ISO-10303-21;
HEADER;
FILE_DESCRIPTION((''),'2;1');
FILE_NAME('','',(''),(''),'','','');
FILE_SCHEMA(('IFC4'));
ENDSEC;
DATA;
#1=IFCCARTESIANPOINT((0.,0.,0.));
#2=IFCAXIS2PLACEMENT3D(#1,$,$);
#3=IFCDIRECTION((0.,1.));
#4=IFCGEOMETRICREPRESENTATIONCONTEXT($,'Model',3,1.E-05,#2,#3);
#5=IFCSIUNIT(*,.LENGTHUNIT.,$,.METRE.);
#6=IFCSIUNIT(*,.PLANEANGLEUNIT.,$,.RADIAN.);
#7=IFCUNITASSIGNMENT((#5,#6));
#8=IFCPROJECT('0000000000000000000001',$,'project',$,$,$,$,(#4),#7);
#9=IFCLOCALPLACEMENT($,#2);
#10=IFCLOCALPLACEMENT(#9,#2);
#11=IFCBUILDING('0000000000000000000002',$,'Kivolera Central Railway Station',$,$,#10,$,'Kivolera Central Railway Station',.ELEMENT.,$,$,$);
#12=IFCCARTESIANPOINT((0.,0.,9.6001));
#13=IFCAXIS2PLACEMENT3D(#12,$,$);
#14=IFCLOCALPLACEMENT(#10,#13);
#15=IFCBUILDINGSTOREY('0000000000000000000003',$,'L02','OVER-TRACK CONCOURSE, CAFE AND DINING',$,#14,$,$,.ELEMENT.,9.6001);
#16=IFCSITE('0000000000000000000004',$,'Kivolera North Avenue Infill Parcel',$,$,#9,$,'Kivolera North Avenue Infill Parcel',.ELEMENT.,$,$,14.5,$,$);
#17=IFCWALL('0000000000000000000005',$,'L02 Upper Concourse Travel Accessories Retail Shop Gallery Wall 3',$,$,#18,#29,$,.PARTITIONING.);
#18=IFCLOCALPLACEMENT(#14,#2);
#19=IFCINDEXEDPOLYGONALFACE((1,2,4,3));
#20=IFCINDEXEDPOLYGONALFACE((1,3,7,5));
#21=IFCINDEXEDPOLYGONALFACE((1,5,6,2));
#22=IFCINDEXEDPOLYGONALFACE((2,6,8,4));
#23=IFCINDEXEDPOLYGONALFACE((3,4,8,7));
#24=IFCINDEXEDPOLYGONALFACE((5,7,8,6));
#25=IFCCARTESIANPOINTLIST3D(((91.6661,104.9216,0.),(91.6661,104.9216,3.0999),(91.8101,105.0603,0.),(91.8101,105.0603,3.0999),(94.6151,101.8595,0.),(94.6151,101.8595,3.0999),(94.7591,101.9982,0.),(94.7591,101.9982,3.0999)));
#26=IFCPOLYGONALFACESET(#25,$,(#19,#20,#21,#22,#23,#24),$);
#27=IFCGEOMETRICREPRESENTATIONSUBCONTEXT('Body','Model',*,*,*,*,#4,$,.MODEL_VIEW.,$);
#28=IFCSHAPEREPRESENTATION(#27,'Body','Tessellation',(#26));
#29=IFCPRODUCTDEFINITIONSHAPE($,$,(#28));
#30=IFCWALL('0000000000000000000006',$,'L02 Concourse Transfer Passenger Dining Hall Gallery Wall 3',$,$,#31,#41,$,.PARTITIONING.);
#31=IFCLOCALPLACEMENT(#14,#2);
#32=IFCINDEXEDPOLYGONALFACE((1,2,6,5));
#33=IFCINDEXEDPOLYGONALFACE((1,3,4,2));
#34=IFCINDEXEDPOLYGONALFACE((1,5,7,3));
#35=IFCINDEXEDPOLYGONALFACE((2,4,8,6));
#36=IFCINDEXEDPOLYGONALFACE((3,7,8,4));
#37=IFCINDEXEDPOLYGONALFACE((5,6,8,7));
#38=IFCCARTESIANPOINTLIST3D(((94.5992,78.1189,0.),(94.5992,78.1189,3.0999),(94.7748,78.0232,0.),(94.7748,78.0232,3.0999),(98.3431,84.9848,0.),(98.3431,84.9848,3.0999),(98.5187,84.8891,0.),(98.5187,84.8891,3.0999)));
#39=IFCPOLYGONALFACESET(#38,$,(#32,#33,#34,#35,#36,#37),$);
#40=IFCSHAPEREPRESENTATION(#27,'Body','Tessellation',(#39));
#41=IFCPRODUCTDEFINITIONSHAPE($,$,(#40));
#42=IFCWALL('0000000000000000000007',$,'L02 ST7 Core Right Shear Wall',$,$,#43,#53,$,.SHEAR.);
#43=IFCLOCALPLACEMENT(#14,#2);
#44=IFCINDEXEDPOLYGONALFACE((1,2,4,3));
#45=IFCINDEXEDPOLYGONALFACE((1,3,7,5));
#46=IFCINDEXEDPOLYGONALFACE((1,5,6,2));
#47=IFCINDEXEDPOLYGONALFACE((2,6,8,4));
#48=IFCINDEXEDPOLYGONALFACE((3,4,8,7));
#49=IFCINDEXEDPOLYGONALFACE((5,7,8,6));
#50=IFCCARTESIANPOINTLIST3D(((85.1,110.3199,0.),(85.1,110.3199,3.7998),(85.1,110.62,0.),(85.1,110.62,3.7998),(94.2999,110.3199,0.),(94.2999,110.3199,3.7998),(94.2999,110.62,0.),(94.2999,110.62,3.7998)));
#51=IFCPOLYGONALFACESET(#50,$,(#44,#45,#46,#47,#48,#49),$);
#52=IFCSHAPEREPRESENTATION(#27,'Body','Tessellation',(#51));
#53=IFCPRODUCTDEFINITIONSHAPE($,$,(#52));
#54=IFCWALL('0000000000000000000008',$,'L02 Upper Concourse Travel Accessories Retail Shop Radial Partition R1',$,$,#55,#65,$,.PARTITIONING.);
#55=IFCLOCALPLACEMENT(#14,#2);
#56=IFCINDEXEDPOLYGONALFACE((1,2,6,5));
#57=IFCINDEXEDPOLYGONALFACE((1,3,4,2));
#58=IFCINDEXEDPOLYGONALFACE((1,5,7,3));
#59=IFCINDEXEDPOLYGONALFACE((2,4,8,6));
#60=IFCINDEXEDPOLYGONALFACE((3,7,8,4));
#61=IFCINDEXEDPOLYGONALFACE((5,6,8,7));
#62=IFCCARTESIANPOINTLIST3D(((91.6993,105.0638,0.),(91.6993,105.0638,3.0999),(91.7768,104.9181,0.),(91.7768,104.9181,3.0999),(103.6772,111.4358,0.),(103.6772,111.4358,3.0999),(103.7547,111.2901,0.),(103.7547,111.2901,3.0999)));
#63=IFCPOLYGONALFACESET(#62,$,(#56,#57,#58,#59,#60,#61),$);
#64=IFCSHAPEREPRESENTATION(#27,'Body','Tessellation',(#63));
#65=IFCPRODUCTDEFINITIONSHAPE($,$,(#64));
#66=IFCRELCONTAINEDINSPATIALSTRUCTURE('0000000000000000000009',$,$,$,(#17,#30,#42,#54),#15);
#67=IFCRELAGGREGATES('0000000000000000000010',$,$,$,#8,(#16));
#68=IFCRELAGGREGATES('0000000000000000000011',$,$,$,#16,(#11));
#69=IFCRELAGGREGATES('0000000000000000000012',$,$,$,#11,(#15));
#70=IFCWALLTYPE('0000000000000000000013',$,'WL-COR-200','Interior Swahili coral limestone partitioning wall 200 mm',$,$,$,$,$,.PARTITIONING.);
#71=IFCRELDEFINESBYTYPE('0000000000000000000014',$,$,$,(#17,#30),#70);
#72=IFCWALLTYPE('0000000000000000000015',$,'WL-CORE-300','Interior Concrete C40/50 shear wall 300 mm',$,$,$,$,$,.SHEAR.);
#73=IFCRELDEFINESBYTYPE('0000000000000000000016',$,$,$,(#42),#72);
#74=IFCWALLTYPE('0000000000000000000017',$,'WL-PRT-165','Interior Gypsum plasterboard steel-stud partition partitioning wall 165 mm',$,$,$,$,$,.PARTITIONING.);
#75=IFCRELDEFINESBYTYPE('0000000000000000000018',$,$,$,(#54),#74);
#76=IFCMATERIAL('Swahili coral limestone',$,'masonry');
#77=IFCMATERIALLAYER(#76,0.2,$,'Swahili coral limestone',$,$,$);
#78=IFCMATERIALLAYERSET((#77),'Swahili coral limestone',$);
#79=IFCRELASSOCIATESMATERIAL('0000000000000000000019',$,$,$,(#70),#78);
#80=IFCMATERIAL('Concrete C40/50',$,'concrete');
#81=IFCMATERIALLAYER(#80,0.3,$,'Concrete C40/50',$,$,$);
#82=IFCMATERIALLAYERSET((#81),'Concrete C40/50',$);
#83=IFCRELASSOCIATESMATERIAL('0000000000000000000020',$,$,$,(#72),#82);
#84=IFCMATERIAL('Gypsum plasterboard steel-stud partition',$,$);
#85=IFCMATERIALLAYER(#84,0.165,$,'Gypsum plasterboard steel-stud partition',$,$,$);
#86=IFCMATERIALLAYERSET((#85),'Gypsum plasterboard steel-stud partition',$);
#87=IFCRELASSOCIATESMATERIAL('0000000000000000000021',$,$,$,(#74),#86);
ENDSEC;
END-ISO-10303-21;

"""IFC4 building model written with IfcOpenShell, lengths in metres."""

from ifc_helpers import new_model, si_unit, direction, frame, frame_2d, origin, place, context, subcontext, project, spatial, rectangle, extrude, material, layer, layer_set, type_object, element, save


model = new_model("IFC4")

# Units and contexts
model_context = context("Model", 3, precision=1e-05, world=origin(), true_north=direction((0.0, 1.0)))
body_context = subcontext(model_context, "Body", "Model", "MODEL_VIEW")
ifc_project = project(units=[si_unit("LENGTHUNIT", "METRE"), si_unit("PLANEANGLEUNIT", "RADIAN")], contexts=[model_context])

# Site, building, storey
site_placement = place(None, origin())
site = spatial("IfcSite", under=ifc_project, at=site_placement, Name="Kivolera North Avenue Infill Parcel", LongName="Kivolera North Avenue Infill Parcel", CompositionType="ELEMENT", RefElevation=14.5)
building_placement = place(site_placement, origin())
building = spatial("IfcBuilding", under=site, at=building_placement, Name="Kivolera Central Railway Station", LongName="Kivolera Central Railway Station", CompositionType="ELEMENT")
storey_placement = place(building_placement, frame((0.0, 0.0, 9.6001)))
storey = spatial("IfcBuildingStorey", under=building, at=storey_placement, Name="L02", Description="OVER-TRACK CONCOURSE, CAFE AND DINING", CompositionType="ELEMENT", Elevation=9.6001)

# Shared definitions
ifc_material_1 = material(Name="Swahili coral limestone", Category="masonry")
ifc_layer_1 = layer(ifc_material_1, 0.2, Name="Swahili coral limestone")
ifc_layer_set_1 = layer_set([ifc_layer_1], Name="Swahili coral limestone")
wall_type_1 = type_object("IfcWallType", Name="WL-COR-200", Description="Interior Swahili coral limestone partitioning wall 200 mm", PredefinedType="PARTITIONING", material=ifc_layer_set_1)

# Walls
wall_1_placement = place(storey_placement, frame((94.687, 101.929, 0.0), z_axis=(0.0, 0.0, 1.0), x_axis=(-0.693687, 0.720277, 0.0)))
element("IfcWall", 1, at=wall_1_placement, inside=storey, type_object=wall_type_1, Name="L02 Upper Concourse Travel Accessories Retail Shop Gallery Wall 3", PredefinedType="PARTITIONING", context=body_context, shape_type="SweptSolid", body=[
    extrude(rectangle(XDim=4.2512, YDim=0.2, at=frame_2d((2.1255, 0.0))), origin(), (0.0, 0.0, 1.0), 3.0999),
])
wall_2_placement = place(storey_placement, frame((94.687, 78.071, 0.0), z_axis=(0.0, 0.0, 1.0), x_axis=(0.478736, 0.877959, 0.0)))
element("IfcWall", 2, at=wall_2_placement, inside=storey, type_object=wall_type_1, Name="L02 Concourse Transfer Passenger Dining Hall Gallery Wall 3", PredefinedType="PARTITIONING", context=body_context, shape_type="SweptSolid", body=[
    extrude(rectangle(XDim=7.8203, YDim=0.2, at=frame_2d((3.9102, 0.0))), origin(), (0.0, 0.0, 1.0), 3.0999),
])
ifc_material_2 = material(Name="Concrete C40/50", Category="concrete")
ifc_layer_2 = layer(ifc_material_2, 0.3, Name="Concrete C40/50")
ifc_layer_set_2 = layer_set([ifc_layer_2], Name="Concrete C40/50")
wall_type_2 = type_object("IfcWallType", Name="WL-CORE-300", Description="Interior Concrete C40/50 shear wall 300 mm", PredefinedType="SHEAR", material=ifc_layer_set_2)
wall_3_placement = place(storey_placement, frame((94.3, 110.47, 0.0), z_axis=(0.0, 0.0, 1.0), x_axis=(-1.0, 0.0, 0.0)))
element("IfcWall", 3, at=wall_3_placement, inside=storey, type_object=wall_type_2, Name="L02 ST7 Core Right Shear Wall", PredefinedType="SHEAR", context=body_context, shape_type="SweptSolid", body=[
    extrude(rectangle(XDim=9.2, YDim=0.3, at=frame_2d((4.6001, 0.0))), origin(), (0.0, 0.0, 1.0), 3.7998),
])
ifc_material_3 = material(Name="Gypsum plasterboard steel-stud partition")
ifc_layer_3 = layer(ifc_material_3, 0.165, Name="Gypsum plasterboard steel-stud partition")
ifc_layer_set_3 = layer_set([ifc_layer_3], Name="Gypsum plasterboard steel-stud partition")
wall_type_3 = type_object("IfcWallType", Name="WL-PRT-165", Description="Interior Gypsum plasterboard steel-stud partition partitioning wall 165 mm", PredefinedType="PARTITIONING", material=ifc_layer_set_3)
wall_4_placement = place(storey_placement, frame((91.738, 104.991, 0.0), z_axis=(0.0, 0.0, 1.0), x_axis=(0.882849, 0.469658, 0.0)))
element("IfcWall", 4, at=wall_4_placement, inside=storey, type_object=wall_type_3, Name="L02 Upper Concourse Travel Accessories Retail Shop Radial Partition R1", PredefinedType="PARTITIONING", context=body_context, shape_type="SweptSolid", body=[
    extrude(rectangle(XDim=13.5674, YDim=0.165, at=frame_2d((6.7837, 0.0))), origin(), (0.0, 0.0, 1.0), 3.0999),
])

save(model, "model.ifc")
